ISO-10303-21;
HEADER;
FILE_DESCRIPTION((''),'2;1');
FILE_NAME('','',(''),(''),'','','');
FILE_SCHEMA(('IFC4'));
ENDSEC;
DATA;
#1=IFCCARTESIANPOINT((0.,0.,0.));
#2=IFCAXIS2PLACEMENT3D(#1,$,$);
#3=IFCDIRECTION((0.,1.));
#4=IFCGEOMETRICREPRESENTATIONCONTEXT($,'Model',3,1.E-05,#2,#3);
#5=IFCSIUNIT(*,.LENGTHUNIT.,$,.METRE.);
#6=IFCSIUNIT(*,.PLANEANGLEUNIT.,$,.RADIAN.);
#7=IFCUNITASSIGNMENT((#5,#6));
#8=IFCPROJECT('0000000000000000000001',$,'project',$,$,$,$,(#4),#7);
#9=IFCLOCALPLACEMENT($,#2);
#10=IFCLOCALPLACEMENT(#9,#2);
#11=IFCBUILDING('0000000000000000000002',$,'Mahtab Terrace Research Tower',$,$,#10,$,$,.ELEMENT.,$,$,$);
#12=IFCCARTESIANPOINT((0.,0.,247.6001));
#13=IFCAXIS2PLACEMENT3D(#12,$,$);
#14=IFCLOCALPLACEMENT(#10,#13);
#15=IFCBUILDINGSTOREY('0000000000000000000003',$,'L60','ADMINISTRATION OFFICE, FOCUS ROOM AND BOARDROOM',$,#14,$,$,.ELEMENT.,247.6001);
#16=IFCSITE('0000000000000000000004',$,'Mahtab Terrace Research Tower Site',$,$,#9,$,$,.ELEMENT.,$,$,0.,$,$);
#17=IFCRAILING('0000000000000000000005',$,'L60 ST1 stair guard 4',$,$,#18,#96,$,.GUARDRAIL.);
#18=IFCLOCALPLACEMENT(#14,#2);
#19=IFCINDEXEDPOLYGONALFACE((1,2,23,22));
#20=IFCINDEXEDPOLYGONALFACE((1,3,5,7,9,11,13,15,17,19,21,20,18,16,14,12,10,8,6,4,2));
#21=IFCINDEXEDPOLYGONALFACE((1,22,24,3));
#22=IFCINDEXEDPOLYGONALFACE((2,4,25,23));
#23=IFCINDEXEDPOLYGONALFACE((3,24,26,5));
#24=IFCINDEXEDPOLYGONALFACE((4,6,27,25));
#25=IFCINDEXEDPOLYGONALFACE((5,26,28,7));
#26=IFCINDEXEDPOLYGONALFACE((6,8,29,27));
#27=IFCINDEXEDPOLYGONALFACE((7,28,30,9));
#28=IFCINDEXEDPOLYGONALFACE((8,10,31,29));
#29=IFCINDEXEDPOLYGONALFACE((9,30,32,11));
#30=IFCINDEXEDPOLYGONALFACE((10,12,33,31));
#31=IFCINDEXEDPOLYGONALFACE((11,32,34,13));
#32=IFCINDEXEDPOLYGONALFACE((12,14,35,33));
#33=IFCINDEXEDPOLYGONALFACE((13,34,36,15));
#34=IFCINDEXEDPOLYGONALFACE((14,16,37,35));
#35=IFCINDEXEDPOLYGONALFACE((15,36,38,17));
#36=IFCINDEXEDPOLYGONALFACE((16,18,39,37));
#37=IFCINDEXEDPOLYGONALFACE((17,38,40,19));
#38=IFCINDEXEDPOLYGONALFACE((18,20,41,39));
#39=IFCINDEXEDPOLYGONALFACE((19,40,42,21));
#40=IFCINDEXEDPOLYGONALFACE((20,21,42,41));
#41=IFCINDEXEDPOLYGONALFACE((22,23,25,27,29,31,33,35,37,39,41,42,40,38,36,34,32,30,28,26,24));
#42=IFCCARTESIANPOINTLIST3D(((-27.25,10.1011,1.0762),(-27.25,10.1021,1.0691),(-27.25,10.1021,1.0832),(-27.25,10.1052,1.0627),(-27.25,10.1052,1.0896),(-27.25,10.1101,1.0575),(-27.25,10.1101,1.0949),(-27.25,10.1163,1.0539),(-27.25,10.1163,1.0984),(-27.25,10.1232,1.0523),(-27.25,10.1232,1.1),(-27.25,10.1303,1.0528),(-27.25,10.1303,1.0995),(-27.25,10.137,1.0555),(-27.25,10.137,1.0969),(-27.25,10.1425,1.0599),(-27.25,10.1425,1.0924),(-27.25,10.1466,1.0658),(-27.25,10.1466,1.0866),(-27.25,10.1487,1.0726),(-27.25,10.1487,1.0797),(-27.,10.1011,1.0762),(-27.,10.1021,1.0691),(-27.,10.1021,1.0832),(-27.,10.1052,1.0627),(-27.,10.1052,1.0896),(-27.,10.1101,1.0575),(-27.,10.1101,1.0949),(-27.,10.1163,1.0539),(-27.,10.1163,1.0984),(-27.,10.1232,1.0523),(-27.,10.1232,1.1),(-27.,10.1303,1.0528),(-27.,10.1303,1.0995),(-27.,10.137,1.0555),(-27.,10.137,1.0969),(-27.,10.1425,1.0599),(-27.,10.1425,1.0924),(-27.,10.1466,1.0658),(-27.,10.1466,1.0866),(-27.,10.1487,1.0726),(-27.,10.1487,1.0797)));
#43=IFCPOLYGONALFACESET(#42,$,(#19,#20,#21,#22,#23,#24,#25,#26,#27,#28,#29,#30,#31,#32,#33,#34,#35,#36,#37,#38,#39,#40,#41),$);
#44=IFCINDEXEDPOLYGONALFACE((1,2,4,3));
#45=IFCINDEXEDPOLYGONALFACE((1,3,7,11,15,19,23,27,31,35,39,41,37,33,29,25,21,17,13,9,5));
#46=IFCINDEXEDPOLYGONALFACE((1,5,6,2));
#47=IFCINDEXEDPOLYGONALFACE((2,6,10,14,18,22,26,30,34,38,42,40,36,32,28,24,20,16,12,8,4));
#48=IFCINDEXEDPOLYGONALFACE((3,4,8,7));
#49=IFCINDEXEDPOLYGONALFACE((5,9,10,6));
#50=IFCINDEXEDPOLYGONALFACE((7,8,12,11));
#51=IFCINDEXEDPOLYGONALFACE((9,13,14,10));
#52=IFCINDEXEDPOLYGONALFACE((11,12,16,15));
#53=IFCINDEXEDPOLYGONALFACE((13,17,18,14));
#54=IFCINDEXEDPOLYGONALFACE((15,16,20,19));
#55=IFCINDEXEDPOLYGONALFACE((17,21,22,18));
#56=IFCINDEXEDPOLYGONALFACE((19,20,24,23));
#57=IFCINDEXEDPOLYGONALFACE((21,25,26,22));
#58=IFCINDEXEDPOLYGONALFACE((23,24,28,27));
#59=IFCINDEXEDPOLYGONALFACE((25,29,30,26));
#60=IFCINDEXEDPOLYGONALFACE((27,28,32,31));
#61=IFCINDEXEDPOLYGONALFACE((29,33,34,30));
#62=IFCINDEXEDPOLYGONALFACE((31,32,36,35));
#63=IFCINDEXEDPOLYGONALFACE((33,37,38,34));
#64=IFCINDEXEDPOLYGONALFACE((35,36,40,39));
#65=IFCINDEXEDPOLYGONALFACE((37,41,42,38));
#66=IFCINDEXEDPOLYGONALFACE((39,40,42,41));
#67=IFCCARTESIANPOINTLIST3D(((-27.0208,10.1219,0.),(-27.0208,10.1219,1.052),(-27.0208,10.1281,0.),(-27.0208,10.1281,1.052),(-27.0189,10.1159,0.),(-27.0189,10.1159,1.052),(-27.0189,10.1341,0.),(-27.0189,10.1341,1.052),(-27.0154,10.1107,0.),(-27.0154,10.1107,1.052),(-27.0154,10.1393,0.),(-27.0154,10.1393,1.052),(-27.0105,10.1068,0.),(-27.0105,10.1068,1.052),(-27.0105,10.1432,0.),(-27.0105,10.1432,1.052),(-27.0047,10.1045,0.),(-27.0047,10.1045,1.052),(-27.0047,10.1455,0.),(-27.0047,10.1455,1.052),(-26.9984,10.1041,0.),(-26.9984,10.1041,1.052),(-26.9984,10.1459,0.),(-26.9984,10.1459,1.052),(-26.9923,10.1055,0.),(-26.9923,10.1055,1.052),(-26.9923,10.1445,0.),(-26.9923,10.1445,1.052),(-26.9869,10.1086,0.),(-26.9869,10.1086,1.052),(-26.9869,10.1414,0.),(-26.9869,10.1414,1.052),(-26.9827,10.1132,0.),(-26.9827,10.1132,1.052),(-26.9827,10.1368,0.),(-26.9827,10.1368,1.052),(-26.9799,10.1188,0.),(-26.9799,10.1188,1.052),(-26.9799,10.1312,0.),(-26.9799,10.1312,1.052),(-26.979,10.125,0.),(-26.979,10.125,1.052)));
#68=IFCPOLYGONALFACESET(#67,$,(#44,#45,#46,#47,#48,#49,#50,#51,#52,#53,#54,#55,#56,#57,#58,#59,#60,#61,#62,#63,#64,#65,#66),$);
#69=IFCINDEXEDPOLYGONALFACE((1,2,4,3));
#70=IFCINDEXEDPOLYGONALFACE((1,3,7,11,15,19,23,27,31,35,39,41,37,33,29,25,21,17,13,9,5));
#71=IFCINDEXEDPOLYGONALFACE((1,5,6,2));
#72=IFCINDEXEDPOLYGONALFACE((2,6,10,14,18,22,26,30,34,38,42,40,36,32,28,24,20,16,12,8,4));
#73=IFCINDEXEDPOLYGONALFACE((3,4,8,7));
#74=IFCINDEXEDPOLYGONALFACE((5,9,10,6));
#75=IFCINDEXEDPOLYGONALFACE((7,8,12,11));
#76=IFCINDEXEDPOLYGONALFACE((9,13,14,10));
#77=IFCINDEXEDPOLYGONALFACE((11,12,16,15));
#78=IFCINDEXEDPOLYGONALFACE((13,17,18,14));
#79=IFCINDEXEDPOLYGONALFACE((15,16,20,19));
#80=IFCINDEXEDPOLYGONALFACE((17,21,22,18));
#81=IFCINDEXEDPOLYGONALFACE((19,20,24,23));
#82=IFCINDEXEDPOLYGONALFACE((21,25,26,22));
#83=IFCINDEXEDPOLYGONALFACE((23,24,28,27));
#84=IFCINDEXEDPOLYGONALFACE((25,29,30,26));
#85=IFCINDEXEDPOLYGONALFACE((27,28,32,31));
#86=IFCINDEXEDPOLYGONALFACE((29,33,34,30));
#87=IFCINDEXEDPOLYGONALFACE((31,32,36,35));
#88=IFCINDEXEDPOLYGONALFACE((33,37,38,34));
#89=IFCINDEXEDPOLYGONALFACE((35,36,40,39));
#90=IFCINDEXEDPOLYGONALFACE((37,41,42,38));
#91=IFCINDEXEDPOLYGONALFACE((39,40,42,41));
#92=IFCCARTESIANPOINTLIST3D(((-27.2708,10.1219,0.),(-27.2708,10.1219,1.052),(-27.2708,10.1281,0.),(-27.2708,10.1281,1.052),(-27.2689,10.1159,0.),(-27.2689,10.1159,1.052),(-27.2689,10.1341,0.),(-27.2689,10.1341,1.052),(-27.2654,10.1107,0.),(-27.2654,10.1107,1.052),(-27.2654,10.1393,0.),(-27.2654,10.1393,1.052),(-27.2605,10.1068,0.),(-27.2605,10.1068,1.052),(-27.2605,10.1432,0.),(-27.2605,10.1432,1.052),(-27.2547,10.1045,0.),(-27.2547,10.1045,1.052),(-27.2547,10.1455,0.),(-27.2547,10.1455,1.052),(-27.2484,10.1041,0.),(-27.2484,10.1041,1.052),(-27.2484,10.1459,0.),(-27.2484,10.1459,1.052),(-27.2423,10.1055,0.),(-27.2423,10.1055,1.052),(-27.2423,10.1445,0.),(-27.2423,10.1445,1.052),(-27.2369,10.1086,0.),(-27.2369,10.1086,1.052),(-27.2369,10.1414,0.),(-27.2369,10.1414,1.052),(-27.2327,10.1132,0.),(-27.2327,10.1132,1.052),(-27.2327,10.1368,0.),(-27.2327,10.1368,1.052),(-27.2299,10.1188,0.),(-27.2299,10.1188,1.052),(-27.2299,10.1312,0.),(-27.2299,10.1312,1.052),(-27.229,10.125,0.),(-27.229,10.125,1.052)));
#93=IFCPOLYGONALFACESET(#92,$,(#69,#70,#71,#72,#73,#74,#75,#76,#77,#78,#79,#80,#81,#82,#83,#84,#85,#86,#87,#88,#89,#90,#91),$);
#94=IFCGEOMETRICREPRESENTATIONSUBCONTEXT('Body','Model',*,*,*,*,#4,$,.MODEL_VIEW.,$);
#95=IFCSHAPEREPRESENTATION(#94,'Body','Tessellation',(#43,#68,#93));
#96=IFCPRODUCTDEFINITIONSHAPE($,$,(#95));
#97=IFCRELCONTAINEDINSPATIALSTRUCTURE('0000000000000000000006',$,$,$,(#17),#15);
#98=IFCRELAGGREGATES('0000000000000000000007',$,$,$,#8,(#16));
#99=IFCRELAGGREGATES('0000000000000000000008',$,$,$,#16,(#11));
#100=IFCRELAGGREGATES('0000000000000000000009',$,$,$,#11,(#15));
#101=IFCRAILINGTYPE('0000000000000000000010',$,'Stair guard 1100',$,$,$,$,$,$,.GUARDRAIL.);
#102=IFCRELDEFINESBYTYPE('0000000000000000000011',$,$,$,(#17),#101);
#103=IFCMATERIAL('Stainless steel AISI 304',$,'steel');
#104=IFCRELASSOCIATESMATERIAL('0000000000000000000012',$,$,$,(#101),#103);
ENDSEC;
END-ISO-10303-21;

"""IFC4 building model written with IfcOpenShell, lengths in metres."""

from ifc_helpers import new_model, si_unit, direction, frame, origin, origin_2d, place, context, subcontext, project, spatial, circle, extrude, material, type_object, element, save


model = new_model("IFC4")

# Units and contexts
model_context = context("Model", 3, precision=1e-05, world=origin(), true_north=direction((0.0, 1.0)))
body_context = subcontext(model_context, "Body", "Model", "MODEL_VIEW")
ifc_project = project(units=[si_unit("LENGTHUNIT", "METRE"), si_unit("PLANEANGLEUNIT", "RADIAN")], contexts=[model_context])

# Site, building, storey
site_placement = place(None, origin())
site = spatial("IfcSite", under=ifc_project, at=site_placement, Name="Mahtab Terrace Research Tower Site", CompositionType="ELEMENT", RefElevation=0.0)
building_placement = place(site_placement, origin())
building = spatial("IfcBuilding", under=site, at=building_placement, Name="Mahtab Terrace Research Tower", CompositionType="ELEMENT")
storey_placement = place(building_placement, frame((0.0, 0.0, 247.6001)))
storey = spatial("IfcBuildingStorey", under=building, at=storey_placement, Name="L60", Description="ADMINISTRATION OFFICE, FOCUS ROOM AND BOARDROOM", CompositionType="ELEMENT", Elevation=247.6001)

# Railing
ifc_material_1 = material(Name="Stainless steel AISI 304", Category="steel")
railing_type_1 = type_object("IfcRailingType", Name="Stair guard 1100", PredefinedType="GUARDRAIL", material=ifc_material_1)
railing_1_placement = place(storey_placement, frame((-27.0, 10.125, 0.0)))
element("IfcRailing", 1, at=railing_1_placement, inside=storey, type_object=railing_type_1, Name="L60 ST1 stair guard 4", PredefinedType="GUARDRAIL", context=body_context, shape_type="SweptSolid", body=[
    extrude(circle(Radius=0.0239, at=origin_2d()), frame((0.0, 0.0, 1.0762), z_axis=(-1.0, 0.0, 0.0), x_axis=(0.0, -1.0, 0.0)), (0.0, 0.0, 1.0), 0.25),
    extrude(circle(Radius=0.021, at=origin_2d()), origin(), (0.0, 0.0, 1.0), 1.052),
    extrude(circle(Radius=0.021, at=origin_2d()), frame((-0.25, 0.0, 0.0)), (0.0, 0.0, 1.0), 1.052),
])

save(model, "model.ifc")
